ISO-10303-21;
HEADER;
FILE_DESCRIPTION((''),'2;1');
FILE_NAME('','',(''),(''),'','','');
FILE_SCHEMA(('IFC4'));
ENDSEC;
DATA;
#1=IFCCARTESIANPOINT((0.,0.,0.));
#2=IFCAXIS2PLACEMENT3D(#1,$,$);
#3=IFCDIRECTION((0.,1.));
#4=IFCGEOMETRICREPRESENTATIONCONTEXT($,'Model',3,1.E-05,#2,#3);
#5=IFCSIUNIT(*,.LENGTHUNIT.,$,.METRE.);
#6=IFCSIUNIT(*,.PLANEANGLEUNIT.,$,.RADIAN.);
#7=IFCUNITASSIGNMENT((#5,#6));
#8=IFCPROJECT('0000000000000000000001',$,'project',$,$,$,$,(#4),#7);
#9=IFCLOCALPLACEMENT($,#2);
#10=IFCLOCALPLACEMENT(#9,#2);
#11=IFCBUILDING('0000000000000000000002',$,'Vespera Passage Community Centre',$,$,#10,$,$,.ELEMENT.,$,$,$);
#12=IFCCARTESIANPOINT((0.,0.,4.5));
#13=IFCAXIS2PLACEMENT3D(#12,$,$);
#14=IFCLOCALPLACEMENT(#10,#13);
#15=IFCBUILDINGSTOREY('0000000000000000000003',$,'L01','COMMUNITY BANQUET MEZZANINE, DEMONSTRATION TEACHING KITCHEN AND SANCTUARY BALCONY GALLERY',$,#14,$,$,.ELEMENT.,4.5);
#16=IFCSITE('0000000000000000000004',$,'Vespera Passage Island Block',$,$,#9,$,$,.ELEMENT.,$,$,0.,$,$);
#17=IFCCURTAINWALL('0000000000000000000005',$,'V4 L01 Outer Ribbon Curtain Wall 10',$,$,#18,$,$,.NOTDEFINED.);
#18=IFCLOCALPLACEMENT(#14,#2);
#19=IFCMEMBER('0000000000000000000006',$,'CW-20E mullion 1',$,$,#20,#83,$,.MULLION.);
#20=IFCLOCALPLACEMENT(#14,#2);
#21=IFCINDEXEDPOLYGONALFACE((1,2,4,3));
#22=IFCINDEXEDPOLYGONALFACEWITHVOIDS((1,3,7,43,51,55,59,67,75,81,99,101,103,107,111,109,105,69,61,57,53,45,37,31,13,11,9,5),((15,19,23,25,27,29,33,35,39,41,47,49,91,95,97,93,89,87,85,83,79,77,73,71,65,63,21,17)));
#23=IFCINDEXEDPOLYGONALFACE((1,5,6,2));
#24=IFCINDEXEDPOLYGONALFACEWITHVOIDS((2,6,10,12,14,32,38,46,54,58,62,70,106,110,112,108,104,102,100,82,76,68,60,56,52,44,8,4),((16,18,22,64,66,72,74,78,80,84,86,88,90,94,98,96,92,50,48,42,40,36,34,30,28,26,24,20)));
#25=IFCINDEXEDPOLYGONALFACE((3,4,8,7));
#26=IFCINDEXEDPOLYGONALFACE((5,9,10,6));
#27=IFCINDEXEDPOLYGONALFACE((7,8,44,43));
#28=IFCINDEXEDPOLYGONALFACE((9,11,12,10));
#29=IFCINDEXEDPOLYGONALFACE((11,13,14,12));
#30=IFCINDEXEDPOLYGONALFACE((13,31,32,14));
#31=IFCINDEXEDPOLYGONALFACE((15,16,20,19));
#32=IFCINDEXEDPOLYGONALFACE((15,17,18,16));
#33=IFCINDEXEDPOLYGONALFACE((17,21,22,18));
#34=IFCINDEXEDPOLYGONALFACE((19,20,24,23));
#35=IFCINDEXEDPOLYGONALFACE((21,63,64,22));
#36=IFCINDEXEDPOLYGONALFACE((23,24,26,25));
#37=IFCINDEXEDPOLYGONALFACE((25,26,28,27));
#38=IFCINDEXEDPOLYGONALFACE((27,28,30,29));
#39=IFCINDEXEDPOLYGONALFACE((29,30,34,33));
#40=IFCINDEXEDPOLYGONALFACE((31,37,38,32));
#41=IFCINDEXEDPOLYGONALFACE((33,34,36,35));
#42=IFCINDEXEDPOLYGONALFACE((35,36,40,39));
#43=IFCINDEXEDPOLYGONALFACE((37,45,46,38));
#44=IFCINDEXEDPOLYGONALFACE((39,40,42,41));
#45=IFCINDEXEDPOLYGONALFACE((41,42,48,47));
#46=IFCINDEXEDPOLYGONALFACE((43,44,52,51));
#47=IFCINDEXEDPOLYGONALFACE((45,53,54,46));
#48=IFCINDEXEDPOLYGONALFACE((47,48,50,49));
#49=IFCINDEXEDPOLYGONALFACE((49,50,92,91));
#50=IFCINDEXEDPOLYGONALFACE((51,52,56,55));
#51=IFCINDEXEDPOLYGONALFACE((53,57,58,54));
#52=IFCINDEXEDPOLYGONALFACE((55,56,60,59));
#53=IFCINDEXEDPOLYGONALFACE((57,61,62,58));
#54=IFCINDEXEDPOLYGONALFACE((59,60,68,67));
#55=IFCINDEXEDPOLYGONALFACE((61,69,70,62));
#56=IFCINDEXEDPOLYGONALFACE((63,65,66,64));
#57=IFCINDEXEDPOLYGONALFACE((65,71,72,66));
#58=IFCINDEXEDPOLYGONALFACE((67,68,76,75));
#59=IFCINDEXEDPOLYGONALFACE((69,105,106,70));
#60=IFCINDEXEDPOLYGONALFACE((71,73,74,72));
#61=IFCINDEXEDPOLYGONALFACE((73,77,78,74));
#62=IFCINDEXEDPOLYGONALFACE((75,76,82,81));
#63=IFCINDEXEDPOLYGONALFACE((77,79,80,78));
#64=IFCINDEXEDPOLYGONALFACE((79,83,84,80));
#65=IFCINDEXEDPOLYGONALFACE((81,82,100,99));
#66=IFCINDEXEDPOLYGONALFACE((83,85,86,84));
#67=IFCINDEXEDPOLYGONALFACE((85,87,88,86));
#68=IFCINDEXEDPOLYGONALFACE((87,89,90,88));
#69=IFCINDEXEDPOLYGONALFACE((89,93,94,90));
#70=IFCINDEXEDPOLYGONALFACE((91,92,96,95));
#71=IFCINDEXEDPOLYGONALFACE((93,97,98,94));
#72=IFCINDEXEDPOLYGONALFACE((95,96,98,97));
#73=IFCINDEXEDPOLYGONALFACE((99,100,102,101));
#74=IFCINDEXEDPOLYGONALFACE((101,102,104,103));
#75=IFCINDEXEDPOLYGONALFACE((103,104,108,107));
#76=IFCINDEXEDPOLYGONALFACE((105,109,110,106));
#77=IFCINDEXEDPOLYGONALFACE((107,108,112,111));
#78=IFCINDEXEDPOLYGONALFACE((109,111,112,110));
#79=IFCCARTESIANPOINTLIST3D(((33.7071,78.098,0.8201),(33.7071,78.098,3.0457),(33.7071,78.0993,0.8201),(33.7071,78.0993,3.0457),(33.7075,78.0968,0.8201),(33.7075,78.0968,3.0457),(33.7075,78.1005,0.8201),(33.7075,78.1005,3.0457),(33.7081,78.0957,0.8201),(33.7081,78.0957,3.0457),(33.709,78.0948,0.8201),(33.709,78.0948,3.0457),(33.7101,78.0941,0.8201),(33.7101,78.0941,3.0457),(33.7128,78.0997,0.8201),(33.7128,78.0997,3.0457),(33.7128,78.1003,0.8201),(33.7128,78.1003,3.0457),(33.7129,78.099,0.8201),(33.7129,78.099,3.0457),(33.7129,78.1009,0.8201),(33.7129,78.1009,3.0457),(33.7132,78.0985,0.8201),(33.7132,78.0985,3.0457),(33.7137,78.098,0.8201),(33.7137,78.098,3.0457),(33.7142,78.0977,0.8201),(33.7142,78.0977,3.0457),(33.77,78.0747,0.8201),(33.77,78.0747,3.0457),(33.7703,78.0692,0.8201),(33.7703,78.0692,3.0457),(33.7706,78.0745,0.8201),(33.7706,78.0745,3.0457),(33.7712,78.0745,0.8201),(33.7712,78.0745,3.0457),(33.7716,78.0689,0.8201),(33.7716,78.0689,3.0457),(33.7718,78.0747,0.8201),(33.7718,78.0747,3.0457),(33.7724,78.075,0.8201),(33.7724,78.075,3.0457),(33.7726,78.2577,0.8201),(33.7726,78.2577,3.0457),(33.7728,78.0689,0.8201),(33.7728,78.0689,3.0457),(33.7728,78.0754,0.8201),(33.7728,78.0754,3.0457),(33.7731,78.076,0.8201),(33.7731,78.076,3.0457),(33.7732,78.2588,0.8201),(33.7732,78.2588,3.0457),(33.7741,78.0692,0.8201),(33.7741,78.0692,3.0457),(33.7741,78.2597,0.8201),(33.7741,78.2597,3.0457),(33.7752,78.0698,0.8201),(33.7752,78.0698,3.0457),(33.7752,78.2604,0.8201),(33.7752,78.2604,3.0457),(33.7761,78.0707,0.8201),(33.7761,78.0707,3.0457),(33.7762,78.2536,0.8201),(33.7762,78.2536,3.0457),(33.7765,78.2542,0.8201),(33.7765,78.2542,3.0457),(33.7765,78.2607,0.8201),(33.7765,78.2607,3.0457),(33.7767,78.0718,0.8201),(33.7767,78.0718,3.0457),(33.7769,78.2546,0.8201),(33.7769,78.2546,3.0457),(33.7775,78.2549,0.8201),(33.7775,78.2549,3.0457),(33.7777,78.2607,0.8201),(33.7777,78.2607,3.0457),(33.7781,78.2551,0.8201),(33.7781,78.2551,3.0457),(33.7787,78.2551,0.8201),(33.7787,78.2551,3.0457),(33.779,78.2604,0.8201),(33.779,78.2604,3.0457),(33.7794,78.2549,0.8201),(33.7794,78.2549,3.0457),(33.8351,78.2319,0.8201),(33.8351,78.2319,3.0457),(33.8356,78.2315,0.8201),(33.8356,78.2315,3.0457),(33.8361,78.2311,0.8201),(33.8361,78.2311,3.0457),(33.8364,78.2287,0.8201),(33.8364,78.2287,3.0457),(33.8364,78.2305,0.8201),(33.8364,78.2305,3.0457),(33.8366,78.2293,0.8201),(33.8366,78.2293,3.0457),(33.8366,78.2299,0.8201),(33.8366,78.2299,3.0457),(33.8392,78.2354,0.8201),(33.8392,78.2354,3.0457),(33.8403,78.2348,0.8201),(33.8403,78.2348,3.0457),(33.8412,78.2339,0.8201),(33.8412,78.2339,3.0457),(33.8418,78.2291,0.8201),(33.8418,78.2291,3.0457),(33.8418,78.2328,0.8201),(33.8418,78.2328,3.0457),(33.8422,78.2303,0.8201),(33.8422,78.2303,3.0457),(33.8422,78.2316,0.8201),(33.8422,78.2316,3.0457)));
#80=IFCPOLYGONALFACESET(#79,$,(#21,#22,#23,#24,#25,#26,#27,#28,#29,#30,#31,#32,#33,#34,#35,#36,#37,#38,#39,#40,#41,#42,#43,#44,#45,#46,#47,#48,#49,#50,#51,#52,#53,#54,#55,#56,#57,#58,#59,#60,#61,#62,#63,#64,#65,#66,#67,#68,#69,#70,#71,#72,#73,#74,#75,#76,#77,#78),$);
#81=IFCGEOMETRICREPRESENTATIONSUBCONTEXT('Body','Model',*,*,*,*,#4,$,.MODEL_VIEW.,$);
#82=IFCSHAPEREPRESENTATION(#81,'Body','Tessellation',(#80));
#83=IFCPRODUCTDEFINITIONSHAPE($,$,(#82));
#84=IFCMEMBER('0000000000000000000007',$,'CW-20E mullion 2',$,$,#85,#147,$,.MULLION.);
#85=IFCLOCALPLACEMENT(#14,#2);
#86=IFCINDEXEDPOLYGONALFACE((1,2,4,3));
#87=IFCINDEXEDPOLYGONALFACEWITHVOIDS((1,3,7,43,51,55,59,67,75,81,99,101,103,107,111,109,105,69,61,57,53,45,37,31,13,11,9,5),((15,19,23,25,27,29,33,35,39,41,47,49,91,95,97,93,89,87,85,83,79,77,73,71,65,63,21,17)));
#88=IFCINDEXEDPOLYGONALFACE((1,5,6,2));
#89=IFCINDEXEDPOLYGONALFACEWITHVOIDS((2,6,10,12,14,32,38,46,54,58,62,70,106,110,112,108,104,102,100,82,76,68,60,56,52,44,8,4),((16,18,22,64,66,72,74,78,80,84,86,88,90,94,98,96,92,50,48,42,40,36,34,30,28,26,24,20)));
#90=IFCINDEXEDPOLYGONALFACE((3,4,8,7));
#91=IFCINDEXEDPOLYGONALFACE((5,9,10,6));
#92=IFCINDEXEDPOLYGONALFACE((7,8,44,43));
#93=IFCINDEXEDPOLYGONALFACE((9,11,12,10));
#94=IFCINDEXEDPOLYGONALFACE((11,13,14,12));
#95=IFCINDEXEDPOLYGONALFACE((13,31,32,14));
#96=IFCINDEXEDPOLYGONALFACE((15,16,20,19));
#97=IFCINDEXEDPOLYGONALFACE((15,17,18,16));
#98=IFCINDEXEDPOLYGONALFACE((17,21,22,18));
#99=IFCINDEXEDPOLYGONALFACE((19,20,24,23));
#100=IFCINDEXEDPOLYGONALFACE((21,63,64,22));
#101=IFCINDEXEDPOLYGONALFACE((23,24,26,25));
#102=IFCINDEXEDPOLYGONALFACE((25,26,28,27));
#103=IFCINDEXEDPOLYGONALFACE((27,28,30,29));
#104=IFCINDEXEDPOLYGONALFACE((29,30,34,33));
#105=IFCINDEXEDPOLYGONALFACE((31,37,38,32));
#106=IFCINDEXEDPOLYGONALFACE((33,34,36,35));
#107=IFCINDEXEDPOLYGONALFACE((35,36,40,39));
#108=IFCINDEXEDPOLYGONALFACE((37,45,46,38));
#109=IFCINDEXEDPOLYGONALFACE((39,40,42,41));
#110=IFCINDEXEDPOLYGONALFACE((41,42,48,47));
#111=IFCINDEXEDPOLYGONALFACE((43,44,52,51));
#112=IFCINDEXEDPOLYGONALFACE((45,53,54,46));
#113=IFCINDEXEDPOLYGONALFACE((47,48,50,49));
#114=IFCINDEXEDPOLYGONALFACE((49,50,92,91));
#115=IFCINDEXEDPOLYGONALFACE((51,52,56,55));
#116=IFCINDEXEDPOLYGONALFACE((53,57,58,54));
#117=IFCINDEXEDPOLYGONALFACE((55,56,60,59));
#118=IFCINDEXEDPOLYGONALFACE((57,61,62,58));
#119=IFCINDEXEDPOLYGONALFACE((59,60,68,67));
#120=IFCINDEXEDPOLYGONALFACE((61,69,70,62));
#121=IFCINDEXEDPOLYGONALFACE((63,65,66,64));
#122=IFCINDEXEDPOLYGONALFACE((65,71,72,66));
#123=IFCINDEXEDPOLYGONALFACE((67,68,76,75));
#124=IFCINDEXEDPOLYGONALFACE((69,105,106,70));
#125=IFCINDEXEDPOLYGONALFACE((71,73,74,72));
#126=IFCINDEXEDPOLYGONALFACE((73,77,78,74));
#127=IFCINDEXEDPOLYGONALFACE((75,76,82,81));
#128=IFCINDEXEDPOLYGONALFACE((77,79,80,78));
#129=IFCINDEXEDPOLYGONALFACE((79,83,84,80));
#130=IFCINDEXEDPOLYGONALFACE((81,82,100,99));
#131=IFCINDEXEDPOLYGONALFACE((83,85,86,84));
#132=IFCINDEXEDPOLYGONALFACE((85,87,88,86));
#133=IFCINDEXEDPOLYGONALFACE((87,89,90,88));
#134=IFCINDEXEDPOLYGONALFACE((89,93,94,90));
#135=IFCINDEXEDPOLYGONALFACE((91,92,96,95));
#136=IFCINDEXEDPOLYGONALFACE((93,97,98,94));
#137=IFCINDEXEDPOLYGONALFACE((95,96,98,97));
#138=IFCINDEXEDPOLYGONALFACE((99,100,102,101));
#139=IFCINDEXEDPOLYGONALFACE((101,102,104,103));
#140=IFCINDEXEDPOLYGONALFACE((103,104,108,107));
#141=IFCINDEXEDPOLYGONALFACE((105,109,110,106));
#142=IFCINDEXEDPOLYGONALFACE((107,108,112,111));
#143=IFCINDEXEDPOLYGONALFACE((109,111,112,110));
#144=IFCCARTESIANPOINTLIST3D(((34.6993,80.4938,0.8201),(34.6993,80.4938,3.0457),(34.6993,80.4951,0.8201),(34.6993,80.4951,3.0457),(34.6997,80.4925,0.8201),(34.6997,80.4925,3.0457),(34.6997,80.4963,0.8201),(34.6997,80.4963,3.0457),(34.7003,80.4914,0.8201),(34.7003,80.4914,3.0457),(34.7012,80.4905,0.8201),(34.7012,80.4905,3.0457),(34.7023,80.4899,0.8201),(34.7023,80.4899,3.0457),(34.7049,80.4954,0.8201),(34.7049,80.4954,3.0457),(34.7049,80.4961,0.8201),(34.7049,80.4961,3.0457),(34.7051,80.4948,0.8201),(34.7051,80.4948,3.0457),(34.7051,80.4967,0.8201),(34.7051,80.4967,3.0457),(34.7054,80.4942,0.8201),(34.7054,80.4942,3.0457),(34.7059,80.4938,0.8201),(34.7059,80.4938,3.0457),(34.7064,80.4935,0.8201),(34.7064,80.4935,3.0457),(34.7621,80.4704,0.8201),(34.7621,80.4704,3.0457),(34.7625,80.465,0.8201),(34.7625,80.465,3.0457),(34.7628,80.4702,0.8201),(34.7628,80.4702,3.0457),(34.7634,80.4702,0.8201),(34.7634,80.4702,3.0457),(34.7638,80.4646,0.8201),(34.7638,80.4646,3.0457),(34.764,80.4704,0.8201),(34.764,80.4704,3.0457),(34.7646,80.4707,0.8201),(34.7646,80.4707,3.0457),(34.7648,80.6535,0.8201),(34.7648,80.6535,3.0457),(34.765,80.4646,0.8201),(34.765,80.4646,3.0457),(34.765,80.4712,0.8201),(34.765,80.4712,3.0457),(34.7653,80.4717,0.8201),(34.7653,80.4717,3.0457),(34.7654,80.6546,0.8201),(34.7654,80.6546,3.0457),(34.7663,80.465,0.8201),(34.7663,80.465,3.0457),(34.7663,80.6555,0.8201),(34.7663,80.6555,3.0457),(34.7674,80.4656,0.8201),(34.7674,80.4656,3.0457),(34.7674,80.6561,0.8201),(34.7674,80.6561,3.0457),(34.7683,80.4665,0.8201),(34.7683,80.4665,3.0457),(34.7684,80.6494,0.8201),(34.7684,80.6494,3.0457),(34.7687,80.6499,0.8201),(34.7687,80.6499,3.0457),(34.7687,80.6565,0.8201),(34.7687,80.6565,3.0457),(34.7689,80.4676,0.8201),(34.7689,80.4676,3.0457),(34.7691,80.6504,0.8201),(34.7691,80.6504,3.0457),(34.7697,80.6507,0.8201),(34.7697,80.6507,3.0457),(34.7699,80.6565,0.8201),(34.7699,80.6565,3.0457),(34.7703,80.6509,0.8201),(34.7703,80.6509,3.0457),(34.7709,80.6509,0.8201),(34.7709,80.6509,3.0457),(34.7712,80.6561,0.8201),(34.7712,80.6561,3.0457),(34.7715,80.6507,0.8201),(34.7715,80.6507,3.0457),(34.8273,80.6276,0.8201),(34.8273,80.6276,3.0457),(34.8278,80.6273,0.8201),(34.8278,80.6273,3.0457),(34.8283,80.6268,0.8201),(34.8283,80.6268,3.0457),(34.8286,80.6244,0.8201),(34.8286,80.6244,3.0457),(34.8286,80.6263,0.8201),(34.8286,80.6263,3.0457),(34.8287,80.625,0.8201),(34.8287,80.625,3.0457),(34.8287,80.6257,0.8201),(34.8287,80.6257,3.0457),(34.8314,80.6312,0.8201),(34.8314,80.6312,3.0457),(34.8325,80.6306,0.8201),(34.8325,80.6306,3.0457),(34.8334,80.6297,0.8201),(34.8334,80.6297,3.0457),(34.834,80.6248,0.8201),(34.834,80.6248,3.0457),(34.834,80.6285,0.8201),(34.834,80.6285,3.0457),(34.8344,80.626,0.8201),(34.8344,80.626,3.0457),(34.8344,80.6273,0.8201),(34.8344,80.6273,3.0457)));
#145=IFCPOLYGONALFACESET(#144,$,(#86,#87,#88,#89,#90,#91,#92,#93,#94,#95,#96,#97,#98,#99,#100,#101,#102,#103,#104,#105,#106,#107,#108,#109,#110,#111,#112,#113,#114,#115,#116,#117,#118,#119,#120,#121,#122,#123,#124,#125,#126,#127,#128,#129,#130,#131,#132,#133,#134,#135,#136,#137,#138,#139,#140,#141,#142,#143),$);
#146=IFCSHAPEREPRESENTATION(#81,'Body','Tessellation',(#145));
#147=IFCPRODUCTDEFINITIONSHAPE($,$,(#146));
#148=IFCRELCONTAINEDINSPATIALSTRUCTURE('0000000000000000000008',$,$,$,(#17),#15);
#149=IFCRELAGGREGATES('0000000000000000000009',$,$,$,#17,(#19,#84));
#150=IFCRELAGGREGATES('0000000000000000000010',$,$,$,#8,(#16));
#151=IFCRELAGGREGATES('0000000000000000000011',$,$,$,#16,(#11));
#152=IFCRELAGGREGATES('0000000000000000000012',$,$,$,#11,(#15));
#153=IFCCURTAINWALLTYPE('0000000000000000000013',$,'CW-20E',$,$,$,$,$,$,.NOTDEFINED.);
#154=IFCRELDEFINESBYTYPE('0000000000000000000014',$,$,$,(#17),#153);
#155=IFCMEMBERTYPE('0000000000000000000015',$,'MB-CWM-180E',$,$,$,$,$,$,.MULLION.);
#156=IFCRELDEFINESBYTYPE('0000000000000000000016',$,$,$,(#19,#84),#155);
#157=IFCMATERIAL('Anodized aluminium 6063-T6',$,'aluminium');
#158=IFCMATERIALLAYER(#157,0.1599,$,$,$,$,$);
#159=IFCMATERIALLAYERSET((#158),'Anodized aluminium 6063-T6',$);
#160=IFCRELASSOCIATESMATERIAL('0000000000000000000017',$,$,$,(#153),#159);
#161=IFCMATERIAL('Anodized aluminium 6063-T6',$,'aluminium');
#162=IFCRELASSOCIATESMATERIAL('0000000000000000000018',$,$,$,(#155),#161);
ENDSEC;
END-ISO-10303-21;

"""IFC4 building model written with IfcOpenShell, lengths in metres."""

from ifc_helpers import new_model, si_unit, direction, frame, origin, origin_2d, place, context, subcontext, project, spatial, hollow_rectangle, extrude, material, layer, layer_set, material_profile, profile_set, type_object, element, aggregate, save


model = new_model("IFC4")

# Units and contexts
model_context = context("Model", 3, precision=1e-05, world=origin(), true_north=direction((0.0, 1.0)))
body_context = subcontext(model_context, "Body", "Model", "MODEL_VIEW")
ifc_project = project(units=[si_unit("LENGTHUNIT", "METRE"), si_unit("PLANEANGLEUNIT", "RADIAN")], contexts=[model_context])

# Site, building, storey
site_placement = place(None, origin())
site = spatial("IfcSite", under=ifc_project, at=site_placement, Name="Vespera Passage Island Block", CompositionType="ELEMENT", RefElevation=0.0)
building_placement = place(site_placement, origin())
building = spatial("IfcBuilding", under=site, at=building_placement, Name="Vespera Passage Community Centre", CompositionType="ELEMENT")
storey_placement = place(building_placement, frame((0.0, 0.0, 4.5)))
storey = spatial("IfcBuildingStorey", under=building, at=storey_placement, Name="L01", Description="COMMUNITY BANQUET MEZZANINE, DEMONSTRATION TEACHING KITCHEN AND SANCTUARY BALCONY GALLERY", CompositionType="ELEMENT", Elevation=4.5)

# Curtain wall, members
ifc_material_1 = material(Name="Anodized aluminium 6063-T6", Category="aluminium")
ifc_layer_1 = layer(ifc_material_1, 0.1599)
ifc_layer_set_1 = layer_set([ifc_layer_1], Name="Anodized aluminium 6063-T6")
curtain_wall_type_1 = type_object("IfcCurtainWallType", Name="CW-20E", PredefinedType="NOTDEFINED", material=ifc_layer_set_1)
curtain_wall_1_placement = place(storey_placement, origin())
curtain_wall_1 = element("IfcCurtainWall", 1, at=curtain_wall_1_placement, inside=storey, type_object=curtain_wall_type_1, Name="V4 L01 Outer Ribbon Curtain Wall 10", PredefinedType="NOTDEFINED")
ifc_material_2 = material(Name="Anodized aluminium 6063-T6", Category="aluminium")
ifc_material_profile_1 = material_profile(ifc_material_2, hollow_rectangle(XDim=0.075, YDim=0.1799, WallThickness=0.0049, InnerFilletRadius=0.0024, OuterFilletRadius=0.0049, at=origin_2d()), Name="ALU180X75X5")
ifc_profile_set_1 = profile_set([ifc_material_profile_1], Name="Anodized aluminium 6063-T6")
member_type_1 = type_object("IfcMemberType", Name="MB-CWM-180E", PredefinedType="MULLION", material=ifc_profile_set_1)
member_1_placement = place(storey_placement, frame((33.7747, 78.1648, 0.8201), z_axis=(0.0, 0.0, 1.0), x_axis=(-0.923881, 0.382679, 0.0)))
member_1 = element("IfcMember", 2, at=member_1_placement, type_object=member_type_1, Name="CW-20E mullion 1", PredefinedType="MULLION", context=body_context, shape_type="SweptSolid", body=[
    extrude(hollow_rectangle(XDim=0.075, YDim=0.1799, WallThickness=0.0049, InnerFilletRadius=0.0024, OuterFilletRadius=0.0049, at=origin_2d()), origin(), (0.0, 0.0, 1.0), 2.2256),
])
member_2_placement = place(storey_placement, frame((34.7668, 80.5605, 0.8201), z_axis=(0.0, 0.0, 1.0), x_axis=(-0.923881, 0.382679, 0.0)))
member_2 = element("IfcMember", 3, at=member_2_placement, type_object=member_type_1, Name="CW-20E mullion 2", PredefinedType="MULLION", context=body_context, shape_type="SweptSolid", body=[
    extrude(hollow_rectangle(XDim=0.075, YDim=0.1799, WallThickness=0.0049, InnerFilletRadius=0.0024, OuterFilletRadius=0.0049, at=origin_2d()), origin(), (0.0, 0.0, 1.0), 2.2256),
])

aggregate(curtain_wall_1, [member_1, member_2])

save(model, "model.ifc")
